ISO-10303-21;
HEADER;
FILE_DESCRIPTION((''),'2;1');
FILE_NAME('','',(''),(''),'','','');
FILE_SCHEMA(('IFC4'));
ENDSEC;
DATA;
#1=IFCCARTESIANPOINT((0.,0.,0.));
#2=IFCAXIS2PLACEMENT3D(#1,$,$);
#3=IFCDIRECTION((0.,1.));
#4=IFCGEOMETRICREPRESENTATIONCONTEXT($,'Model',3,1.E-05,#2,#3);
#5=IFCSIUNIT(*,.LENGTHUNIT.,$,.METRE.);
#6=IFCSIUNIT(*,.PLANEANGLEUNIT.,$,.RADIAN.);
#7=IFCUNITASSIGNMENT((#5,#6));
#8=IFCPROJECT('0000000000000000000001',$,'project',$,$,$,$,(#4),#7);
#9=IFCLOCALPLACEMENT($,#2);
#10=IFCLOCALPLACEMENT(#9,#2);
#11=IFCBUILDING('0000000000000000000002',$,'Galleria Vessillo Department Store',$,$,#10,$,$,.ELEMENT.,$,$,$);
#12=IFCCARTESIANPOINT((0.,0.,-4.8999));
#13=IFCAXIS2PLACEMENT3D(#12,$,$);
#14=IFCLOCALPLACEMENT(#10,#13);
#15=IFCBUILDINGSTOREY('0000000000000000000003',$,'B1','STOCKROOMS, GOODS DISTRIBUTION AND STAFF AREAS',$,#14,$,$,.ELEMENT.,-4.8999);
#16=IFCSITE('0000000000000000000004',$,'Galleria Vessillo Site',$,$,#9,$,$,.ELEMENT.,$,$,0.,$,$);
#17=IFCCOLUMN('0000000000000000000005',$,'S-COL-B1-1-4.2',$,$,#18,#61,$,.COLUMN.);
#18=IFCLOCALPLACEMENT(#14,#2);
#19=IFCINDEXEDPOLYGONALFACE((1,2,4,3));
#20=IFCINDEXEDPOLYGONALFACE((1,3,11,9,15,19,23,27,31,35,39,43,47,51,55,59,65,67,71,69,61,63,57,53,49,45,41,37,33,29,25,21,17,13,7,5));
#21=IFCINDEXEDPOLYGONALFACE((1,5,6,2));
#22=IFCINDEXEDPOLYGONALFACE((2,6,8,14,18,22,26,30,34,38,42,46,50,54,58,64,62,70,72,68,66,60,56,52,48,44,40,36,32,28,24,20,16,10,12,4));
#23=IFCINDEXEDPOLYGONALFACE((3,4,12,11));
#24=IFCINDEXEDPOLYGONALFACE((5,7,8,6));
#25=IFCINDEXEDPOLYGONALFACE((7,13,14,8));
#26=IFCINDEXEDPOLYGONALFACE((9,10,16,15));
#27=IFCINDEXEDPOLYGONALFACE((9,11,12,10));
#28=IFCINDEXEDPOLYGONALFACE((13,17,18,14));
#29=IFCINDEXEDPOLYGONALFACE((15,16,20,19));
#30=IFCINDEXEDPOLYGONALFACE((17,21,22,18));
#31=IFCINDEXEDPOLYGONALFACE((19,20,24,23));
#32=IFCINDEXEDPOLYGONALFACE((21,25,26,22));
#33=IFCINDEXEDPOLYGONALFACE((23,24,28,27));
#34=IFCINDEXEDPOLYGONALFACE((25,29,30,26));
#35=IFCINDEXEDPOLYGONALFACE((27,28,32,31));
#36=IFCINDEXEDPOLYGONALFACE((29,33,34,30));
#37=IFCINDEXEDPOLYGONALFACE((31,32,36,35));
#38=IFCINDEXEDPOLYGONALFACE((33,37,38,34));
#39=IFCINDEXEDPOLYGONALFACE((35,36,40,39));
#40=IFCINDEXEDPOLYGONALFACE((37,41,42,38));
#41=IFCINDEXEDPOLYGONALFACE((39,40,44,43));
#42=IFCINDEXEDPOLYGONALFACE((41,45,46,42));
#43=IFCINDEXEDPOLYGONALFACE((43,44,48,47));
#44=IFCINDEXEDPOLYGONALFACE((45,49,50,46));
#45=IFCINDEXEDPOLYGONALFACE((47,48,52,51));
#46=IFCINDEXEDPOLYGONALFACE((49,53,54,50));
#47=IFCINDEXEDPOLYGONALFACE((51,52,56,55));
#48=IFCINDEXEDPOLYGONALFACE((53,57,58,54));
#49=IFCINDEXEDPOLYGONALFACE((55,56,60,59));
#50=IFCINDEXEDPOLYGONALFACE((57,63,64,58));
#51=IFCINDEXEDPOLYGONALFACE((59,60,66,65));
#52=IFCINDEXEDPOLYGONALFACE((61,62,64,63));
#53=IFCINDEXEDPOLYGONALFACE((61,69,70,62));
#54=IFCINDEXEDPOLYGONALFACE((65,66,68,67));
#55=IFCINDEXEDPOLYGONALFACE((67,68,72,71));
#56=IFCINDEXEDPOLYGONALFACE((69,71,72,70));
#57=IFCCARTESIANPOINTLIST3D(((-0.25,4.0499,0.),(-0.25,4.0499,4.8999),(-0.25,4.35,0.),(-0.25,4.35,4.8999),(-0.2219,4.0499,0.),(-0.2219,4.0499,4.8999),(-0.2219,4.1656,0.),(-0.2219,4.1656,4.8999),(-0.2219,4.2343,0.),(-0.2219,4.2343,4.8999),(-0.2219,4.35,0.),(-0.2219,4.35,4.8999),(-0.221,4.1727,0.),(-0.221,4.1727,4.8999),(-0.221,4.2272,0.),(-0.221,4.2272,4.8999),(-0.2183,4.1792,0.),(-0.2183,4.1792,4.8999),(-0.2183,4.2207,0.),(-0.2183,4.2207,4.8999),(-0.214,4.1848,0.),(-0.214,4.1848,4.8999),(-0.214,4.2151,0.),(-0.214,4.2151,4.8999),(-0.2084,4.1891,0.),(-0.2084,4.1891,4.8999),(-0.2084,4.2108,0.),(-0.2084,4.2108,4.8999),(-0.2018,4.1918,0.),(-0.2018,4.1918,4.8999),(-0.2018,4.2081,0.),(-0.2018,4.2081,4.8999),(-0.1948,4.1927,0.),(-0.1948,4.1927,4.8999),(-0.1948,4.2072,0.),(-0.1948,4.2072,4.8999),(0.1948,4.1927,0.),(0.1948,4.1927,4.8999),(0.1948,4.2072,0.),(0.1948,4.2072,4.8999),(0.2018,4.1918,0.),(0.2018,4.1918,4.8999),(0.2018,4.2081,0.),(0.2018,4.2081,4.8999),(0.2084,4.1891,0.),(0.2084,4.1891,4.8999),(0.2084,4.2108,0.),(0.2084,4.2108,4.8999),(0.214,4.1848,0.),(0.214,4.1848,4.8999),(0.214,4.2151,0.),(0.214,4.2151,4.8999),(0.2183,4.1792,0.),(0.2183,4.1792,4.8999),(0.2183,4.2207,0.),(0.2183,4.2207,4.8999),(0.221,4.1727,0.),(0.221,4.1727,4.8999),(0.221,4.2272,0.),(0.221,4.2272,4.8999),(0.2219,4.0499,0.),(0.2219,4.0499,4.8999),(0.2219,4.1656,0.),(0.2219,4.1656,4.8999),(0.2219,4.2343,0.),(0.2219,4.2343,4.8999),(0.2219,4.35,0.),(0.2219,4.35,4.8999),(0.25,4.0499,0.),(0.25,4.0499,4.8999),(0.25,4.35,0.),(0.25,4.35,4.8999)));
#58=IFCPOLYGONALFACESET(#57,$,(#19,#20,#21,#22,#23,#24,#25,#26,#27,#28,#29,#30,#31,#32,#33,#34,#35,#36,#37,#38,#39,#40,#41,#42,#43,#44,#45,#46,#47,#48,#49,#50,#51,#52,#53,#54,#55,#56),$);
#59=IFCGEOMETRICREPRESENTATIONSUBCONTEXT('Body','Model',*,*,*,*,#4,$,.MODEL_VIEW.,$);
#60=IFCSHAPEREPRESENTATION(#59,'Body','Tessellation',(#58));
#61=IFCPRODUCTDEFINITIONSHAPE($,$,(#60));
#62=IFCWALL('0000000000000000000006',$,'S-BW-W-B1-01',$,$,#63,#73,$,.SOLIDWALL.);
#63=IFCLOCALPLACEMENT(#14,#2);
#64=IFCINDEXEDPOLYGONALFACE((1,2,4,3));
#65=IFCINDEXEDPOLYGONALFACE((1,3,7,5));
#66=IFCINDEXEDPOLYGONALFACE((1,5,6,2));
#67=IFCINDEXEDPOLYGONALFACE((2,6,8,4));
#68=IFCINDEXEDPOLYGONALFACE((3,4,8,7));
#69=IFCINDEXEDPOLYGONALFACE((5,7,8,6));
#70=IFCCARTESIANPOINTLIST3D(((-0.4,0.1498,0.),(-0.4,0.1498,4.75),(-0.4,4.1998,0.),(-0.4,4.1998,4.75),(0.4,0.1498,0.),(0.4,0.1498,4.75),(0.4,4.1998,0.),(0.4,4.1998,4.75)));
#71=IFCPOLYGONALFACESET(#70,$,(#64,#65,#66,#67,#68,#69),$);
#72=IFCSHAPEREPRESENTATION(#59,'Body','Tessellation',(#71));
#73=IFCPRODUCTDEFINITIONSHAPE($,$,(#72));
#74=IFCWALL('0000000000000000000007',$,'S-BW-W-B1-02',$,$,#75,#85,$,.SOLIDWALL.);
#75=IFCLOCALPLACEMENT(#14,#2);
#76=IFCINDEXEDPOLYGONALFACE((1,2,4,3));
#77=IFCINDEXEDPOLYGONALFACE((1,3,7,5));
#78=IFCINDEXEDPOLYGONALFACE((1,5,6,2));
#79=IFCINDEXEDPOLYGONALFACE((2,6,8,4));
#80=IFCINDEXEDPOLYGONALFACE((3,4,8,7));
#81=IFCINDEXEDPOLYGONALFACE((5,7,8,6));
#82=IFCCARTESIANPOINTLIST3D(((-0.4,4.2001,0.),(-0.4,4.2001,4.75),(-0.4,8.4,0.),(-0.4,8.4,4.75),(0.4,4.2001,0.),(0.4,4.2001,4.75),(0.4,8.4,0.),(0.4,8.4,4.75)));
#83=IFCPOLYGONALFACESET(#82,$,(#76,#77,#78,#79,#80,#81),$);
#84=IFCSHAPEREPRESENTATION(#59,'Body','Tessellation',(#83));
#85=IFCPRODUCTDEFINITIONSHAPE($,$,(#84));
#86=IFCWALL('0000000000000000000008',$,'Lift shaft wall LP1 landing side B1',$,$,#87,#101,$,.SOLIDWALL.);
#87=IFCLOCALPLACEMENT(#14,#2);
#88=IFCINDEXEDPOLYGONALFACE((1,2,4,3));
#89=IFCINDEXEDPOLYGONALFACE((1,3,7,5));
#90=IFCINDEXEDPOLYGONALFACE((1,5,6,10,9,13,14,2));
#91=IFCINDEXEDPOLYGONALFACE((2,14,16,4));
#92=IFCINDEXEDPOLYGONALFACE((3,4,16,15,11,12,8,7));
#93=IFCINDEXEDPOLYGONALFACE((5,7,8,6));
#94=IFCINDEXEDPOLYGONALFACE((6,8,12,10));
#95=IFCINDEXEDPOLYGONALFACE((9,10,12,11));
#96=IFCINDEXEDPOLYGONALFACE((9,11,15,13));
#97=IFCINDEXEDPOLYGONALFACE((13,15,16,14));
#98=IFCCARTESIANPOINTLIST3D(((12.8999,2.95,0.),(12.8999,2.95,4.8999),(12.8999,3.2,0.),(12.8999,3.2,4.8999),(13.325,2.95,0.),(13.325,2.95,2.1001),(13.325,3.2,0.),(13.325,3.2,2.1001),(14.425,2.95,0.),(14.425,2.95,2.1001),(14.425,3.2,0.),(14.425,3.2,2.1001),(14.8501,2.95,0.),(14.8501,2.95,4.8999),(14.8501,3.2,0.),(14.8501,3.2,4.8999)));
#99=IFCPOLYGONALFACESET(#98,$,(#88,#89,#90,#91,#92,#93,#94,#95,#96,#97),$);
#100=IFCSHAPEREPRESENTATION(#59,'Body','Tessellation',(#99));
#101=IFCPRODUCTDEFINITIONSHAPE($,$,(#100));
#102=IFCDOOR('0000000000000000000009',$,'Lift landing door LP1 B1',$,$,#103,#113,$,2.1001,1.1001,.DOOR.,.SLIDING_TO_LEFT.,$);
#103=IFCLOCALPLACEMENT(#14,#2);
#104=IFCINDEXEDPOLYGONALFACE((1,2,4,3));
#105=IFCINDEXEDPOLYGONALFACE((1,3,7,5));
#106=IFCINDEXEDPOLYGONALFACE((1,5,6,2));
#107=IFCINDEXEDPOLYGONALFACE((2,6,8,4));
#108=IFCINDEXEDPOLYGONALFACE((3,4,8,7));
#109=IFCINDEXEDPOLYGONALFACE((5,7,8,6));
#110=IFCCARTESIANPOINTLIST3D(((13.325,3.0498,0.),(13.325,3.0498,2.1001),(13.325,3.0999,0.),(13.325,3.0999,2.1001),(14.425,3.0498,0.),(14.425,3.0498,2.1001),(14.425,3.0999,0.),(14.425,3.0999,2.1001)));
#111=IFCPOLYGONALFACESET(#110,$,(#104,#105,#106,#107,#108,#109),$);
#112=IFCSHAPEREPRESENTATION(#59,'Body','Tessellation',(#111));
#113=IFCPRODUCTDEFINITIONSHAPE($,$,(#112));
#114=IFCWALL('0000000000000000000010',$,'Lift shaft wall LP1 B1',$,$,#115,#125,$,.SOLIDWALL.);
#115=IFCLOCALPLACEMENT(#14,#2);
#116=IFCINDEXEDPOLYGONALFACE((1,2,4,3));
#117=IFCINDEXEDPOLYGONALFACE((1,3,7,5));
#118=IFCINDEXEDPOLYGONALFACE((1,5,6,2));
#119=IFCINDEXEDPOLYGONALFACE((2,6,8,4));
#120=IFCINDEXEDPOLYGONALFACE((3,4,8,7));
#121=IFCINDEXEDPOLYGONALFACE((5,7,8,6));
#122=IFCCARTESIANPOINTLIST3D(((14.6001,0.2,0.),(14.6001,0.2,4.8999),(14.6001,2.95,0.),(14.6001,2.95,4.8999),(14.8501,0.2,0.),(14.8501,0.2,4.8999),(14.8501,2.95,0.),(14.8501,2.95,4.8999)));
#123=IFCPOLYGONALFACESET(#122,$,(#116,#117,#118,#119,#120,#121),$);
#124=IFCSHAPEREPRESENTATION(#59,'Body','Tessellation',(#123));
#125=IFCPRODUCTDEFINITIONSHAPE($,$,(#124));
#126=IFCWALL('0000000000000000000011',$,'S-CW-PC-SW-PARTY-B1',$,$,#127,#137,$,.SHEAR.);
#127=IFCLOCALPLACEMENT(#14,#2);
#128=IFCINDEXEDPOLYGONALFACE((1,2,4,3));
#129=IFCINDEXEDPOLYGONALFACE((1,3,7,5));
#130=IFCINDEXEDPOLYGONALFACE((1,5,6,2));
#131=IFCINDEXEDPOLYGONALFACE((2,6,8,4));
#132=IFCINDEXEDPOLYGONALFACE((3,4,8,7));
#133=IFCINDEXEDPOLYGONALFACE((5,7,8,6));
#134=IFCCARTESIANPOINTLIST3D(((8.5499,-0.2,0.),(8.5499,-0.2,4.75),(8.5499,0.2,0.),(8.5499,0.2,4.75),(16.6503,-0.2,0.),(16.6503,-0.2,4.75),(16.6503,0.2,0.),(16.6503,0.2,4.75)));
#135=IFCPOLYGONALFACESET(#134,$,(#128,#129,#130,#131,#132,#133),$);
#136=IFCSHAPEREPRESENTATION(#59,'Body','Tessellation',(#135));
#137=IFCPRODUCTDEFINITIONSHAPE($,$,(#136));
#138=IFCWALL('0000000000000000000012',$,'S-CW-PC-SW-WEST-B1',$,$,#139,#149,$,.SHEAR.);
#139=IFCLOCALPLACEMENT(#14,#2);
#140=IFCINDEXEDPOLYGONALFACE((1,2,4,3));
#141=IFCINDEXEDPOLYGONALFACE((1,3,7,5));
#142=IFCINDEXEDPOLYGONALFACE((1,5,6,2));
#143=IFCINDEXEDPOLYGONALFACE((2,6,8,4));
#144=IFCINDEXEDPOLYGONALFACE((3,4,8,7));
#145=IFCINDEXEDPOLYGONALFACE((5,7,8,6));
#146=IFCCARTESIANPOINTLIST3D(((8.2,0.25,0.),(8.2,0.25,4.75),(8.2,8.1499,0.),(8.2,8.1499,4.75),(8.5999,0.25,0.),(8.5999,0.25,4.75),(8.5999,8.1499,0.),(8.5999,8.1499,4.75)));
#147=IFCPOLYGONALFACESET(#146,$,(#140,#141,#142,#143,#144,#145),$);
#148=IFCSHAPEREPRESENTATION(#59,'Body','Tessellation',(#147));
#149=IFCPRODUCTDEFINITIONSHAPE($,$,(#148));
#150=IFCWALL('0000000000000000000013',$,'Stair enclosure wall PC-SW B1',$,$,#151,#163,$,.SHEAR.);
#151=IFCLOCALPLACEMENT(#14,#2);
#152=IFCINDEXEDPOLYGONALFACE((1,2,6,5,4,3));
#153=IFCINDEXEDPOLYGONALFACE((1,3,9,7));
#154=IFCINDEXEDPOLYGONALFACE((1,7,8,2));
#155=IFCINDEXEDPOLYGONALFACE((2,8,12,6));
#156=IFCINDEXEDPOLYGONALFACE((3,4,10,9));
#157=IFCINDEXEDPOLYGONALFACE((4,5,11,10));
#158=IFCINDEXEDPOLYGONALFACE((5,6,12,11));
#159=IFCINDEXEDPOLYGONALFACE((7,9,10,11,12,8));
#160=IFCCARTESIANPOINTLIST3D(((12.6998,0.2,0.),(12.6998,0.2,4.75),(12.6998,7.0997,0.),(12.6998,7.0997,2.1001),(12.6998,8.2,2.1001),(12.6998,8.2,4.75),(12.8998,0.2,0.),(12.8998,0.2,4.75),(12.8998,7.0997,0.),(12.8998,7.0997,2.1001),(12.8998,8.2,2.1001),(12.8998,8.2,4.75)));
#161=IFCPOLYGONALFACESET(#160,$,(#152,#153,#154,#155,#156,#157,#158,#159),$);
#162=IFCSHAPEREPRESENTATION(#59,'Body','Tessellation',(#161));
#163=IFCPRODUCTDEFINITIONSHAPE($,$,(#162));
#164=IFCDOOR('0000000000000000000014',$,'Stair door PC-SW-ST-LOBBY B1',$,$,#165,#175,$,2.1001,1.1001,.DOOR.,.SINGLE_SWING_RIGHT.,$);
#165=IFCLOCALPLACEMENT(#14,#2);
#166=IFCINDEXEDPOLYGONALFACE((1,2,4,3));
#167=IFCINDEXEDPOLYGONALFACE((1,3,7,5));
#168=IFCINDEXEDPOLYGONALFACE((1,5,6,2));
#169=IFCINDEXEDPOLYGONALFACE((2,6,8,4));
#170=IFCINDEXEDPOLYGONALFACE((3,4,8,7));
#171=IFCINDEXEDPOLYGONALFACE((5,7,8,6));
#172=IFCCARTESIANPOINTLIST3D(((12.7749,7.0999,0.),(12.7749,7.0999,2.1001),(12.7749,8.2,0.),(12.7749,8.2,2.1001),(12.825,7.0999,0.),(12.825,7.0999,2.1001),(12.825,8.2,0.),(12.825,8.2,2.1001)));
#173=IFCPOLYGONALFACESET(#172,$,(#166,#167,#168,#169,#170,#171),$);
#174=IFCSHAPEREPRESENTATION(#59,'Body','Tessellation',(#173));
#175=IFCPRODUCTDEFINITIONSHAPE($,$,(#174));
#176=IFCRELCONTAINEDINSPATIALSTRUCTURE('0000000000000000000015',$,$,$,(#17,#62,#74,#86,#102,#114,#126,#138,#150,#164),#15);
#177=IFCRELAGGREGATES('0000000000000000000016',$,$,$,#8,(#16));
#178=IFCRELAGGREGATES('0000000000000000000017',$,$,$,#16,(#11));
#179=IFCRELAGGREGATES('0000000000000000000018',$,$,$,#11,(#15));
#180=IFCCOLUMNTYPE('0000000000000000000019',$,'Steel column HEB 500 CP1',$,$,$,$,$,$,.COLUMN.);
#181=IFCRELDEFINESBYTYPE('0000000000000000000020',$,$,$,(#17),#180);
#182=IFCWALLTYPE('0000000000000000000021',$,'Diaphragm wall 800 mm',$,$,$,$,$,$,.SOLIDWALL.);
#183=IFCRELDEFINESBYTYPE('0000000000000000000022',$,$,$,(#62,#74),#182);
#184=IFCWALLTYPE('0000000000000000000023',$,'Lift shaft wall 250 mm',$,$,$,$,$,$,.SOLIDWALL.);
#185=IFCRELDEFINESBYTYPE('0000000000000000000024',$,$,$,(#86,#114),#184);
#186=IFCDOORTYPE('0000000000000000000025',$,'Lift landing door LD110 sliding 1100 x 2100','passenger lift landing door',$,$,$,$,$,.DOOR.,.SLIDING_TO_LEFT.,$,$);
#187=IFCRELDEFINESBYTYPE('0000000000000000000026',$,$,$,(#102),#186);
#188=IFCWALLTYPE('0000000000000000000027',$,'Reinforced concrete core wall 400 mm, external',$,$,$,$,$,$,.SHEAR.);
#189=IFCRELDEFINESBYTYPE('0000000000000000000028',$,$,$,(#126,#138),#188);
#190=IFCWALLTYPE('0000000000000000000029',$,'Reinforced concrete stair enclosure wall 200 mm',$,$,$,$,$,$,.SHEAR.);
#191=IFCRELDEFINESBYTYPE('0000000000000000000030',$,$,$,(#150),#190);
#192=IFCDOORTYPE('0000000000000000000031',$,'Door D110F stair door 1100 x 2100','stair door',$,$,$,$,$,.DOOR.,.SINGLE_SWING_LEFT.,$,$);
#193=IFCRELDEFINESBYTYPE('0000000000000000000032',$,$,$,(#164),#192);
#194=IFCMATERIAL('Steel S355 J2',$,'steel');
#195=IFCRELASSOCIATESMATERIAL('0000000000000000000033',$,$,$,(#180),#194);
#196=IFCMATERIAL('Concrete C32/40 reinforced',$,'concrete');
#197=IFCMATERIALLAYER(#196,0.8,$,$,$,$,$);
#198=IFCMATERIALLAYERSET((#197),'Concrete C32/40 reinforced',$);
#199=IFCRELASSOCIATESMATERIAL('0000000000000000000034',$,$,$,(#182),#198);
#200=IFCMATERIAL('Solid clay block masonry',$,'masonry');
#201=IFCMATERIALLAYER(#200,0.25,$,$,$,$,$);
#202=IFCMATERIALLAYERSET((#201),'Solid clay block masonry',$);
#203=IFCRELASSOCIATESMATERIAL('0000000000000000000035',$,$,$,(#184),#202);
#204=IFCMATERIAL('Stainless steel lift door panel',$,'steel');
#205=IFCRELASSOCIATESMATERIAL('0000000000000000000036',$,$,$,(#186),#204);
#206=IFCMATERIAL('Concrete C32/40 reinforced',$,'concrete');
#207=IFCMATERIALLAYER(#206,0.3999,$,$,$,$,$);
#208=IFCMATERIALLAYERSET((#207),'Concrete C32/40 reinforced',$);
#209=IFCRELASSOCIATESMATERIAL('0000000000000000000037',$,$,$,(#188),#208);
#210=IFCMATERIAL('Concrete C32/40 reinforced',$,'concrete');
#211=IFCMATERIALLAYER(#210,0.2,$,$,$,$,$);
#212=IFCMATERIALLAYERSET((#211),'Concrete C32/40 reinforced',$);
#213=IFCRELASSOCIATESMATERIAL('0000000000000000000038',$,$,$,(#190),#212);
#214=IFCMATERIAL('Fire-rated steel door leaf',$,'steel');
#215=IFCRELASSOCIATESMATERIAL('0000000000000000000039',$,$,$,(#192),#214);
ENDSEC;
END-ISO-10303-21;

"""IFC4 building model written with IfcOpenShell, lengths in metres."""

from ifc_helpers import new_model, si_unit, direction, frame, frame_2d, origin, origin_2d, place, context, subcontext, project, spatial, rectangle, i_section, extrude, material, layer, layer_set, material_profile, profile_set, type_object, element, fill, save


model = new_model("IFC4")

# Units and contexts
model_context = context("Model", 3, precision=1e-05, world=origin(), true_north=direction((0.0, 1.0)))
body_context = subcontext(model_context, "Body", "Model", "MODEL_VIEW")
ifc_project = project(units=[si_unit("LENGTHUNIT", "METRE"), si_unit("PLANEANGLEUNIT", "RADIAN")], contexts=[model_context])

# Site, building, storey
site_placement = place(None, origin())
site = spatial("IfcSite", under=ifc_project, at=site_placement, Name="Galleria Vessillo Site", CompositionType="ELEMENT", RefElevation=0.0)
building_placement = place(site_placement, origin())
building = spatial("IfcBuilding", under=site, at=building_placement, Name="Galleria Vessillo Department Store", CompositionType="ELEMENT")
storey_placement = place(building_placement, frame((0.0, 0.0, -4.8999)))
storey = spatial("IfcBuildingStorey", under=building, at=storey_placement, Name="B1", Description="STOCKROOMS, GOODS DISTRIBUTION AND STAFF AREAS", CompositionType="ELEMENT", Elevation=-4.8999)

# Column
ifc_material_1 = material(Name="Steel S355 J2", Category="steel")
ifc_material_profile = material_profile(ifc_material_1, i_section(OverallWidth=0.3, OverallDepth=0.5, WebThickness=0.0144, FlangeThickness=0.0281, FilletRadius=0.0271, at=origin_2d()), Name="HEB 500")
ifc_profile_set = profile_set([ifc_material_profile], Name="Steel S355 J2")
column_type = type_object("IfcColumnType", Name="Steel column HEB 500 CP1", PredefinedType="COLUMN", material=ifc_profile_set)
column_placement = place(storey_placement, frame((0.0, 4.2, 0.0), z_axis=(0.0, 0.0, 1.0), x_axis=(0.0, 1.0, 0.0)))
element("IfcColumn", 1, at=column_placement, inside=storey, type_object=column_type, Name="S-COL-B1-1-4.2", PredefinedType="COLUMN", context=body_context, shape_type="SweptSolid", body=[
    extrude(i_section(OverallWidth=0.3, OverallDepth=0.5, WebThickness=0.0144, FlangeThickness=0.0281, FilletRadius=0.0271, at=origin_2d()), origin(), (0.0, 0.0, 1.0), 4.8999),
])

# Walls
ifc_material_2 = material(Name="Concrete C32/40 reinforced", Category="concrete")
ifc_layer_1 = layer(ifc_material_2, 0.8)
ifc_layer_set_1 = layer_set([ifc_layer_1], Name="Concrete C32/40 reinforced")
wall_type_1 = type_object("IfcWallType", Name="Diaphragm wall 800 mm", PredefinedType="SOLIDWALL", material=ifc_layer_set_1)
wall_1_placement = place(storey_placement, frame((0.0, 0.1499, 0.0), z_axis=(0.0, 0.0, 1.0), x_axis=(0.0, 1.0, 0.0)))
element("IfcWall", 2, at=wall_1_placement, inside=storey, type_object=wall_type_1, Name="S-BW-W-B1-01", PredefinedType="SOLIDWALL", context=body_context, shape_type="SweptSolid", body=[
    extrude(rectangle(XDim=4.05, YDim=0.8, at=frame_2d((2.0249, 0.0))), origin(), (0.0, 0.0, 1.0), 4.75),
])
wall_2_placement = place(storey_placement, frame((0.0, 4.2, 0.0), z_axis=(0.0, 0.0, 1.0), x_axis=(0.0, 1.0, 0.0)))
element("IfcWall", 3, at=wall_2_placement, inside=storey, type_object=wall_type_1, Name="S-BW-W-B1-02", PredefinedType="SOLIDWALL", context=body_context, shape_type="SweptSolid", body=[
    extrude(rectangle(XDim=4.2, YDim=0.8, at=frame_2d((2.1001, 0.0))), origin(), (0.0, 0.0, 1.0), 4.75),
])

# Wall, opening, door
ifc_material_3 = material(Name="Solid clay block masonry", Category="masonry")
ifc_layer_2 = layer(ifc_material_3, 0.25)
ifc_layer_set_2 = layer_set([ifc_layer_2], Name="Solid clay block masonry")
wall_type_2 = type_object("IfcWallType", Name="Lift shaft wall 250 mm", PredefinedType="SOLIDWALL", material=ifc_layer_set_2)
wall_3_placement = place(storey_placement, frame((12.8999, 3.075, 0.0), z_axis=(0.0, 0.0, 1.0), x_axis=(1.0, 0.0, 0.0)))
wall_3 = element("IfcWall", 4, at=wall_3_placement, inside=storey, type_object=wall_type_2, Name="Lift shaft wall LP1 landing side B1", PredefinedType="SOLIDWALL", context=body_context, shape_type="SweptSolid", body=[
    extrude(rectangle(XDim=1.9502, YDim=0.25, at=frame_2d((0.9751, 0.0))), origin(), (0.0, 0.0, 1.0), 4.8999),
])
opening_1_placement = place(wall_3_placement, frame((0.425, 0.0, 0.0)))
opening_1 = element("IfcOpeningElement", 5, at=opening_1_placement, cuts=wall_3, PredefinedType="OPENING", context=body_context, shape_type="SweptSolid", body=[
    extrude(rectangle(XDim=1.1001, YDim=2.1001, at=frame_2d((0.55, 1.05))), frame((0.0, 0.135, 0.0), z_axis=(0.0, -1.0, 0.0), x_axis=(1.0, 0.0, 0.0)), (0.0, 0.0, 1.0), 0.27),
])
ifc_material_4 = material(Name="Stainless steel lift door panel", Category="steel")
door_type_1 = type_object("IfcDoorType", Name="Lift landing door LD110 sliding 1100 x 2100", Description="passenger lift landing door", OperationType="SLIDING_TO_LEFT", PredefinedType="DOOR", material=ifc_material_4)
door_1_placement = place(opening_1_placement, origin())
door_1 = element("IfcDoor", 6, at=door_1_placement, inside=storey, type_object=door_type_1, Name="Lift landing door LP1 B1", OperationType="SLIDING_TO_LEFT", OverallHeight=2.1001, OverallWidth=1.1001, PredefinedType="DOOR", context=body_context, shape_type="SweptSolid", body=[
    extrude(rectangle(XDim=1.1001, YDim=2.1001, at=frame_2d((0.55, 1.05))), frame((0.0, 0.0249, 0.0), z_axis=(0.0, -1.0, 0.0), x_axis=(1.0, 0.0, 0.0)), (0.0, 0.0, 1.0), 0.05),
])
fill(opening_1, door_1)

# Walls
wall_4_placement = place(storey_placement, frame((14.7251, 0.2, 0.0), z_axis=(0.0, 0.0, 1.0), x_axis=(0.0, 1.0, 0.0)))
element("IfcWall", 7, at=wall_4_placement, inside=storey, type_object=wall_type_2, Name="Lift shaft wall LP1 B1", PredefinedType="SOLIDWALL", context=body_context, shape_type="SweptSolid", body=[
    extrude(rectangle(XDim=2.75, YDim=0.25, at=frame_2d((1.375, 0.0))), origin(), (0.0, 0.0, 1.0), 4.8999),
])
ifc_material_5 = material(Name="Concrete C32/40 reinforced", Category="concrete")
ifc_layer_3 = layer(ifc_material_5, 0.3999)
ifc_layer_set_3 = layer_set([ifc_layer_3], Name="Concrete C32/40 reinforced")
wall_type_3 = type_object("IfcWallType", Name="Reinforced concrete core wall 400 mm, external", PredefinedType="SHEAR", material=ifc_layer_set_3)
wall_5_placement = place(storey_placement, frame((8.5498, 0.0, 0.0), z_axis=(0.0, 0.0, 1.0), x_axis=(1.0, 0.0, 0.0)))
element("IfcWall", 8, at=wall_5_placement, inside=storey, type_object=wall_type_3, Name="S-CW-PC-SW-PARTY-B1", PredefinedType="SHEAR", context=body_context, shape_type="SweptSolid", body=[
    extrude(rectangle(XDim=8.1003, YDim=0.3999, at=frame_2d((4.0503, 0.0))), origin(), (0.0, 0.0, 1.0), 4.75),
])
wall_6_placement = place(storey_placement, frame((8.3999, 0.25, 0.0), z_axis=(0.0, 0.0, 1.0), x_axis=(0.0, 1.0, 0.0)))
element("IfcWall", 9, at=wall_6_placement, inside=storey, type_object=wall_type_3, Name="S-CW-PC-SW-WEST-B1", PredefinedType="SHEAR", context=body_context, shape_type="SweptSolid", body=[
    extrude(rectangle(XDim=7.8999, YDim=0.3999, at=frame_2d((3.95, 0.0))), origin(), (0.0, 0.0, 1.0), 4.75),
])

# Wall, opening, door
ifc_material_6 = material(Name="Concrete C32/40 reinforced", Category="concrete")
ifc_layer_4 = layer(ifc_material_6, 0.2)
ifc_layer_set_4 = layer_set([ifc_layer_4], Name="Concrete C32/40 reinforced")
wall_type_4 = type_object("IfcWallType", Name="Reinforced concrete stair enclosure wall 200 mm", PredefinedType="SHEAR", material=ifc_layer_set_4)
wall_7_placement = place(storey_placement, frame((12.7998, 0.2, 0.0), z_axis=(0.0, 0.0, 1.0), x_axis=(0.0, 1.0, 0.0)))
wall_7 = element("IfcWall", 10, at=wall_7_placement, inside=storey, type_object=wall_type_4, Name="Stair enclosure wall PC-SW B1", PredefinedType="SHEAR", context=body_context, shape_type="SweptSolid", body=[
    extrude(rectangle(XDim=8.0, YDim=0.2, at=frame_2d((4.0, 0.0))), origin(), (0.0, 0.0, 1.0), 4.75),
])
opening_2_placement = place(wall_7_placement, frame((6.8999, 0.0, 0.0)))
opening_2 = element("IfcOpeningElement", 11, at=opening_2_placement, cuts=wall_7, PredefinedType="OPENING", context=body_context, shape_type="SweptSolid", body=[
    extrude(rectangle(XDim=1.1101, YDim=2.1001, at=frame_2d((0.5549, 1.05))), frame((0.0, 0.1099, 0.0), z_axis=(0.0, -1.0, 0.0), x_axis=(1.0, 0.0, 0.0)), (0.0, 0.0, 1.0), 0.22),
])
ifc_material_7 = material(Name="Fire-rated steel door leaf", Category="steel")
door_type_2 = type_object("IfcDoorType", Name="Door D110F stair door 1100 x 2100", Description="stair door", OperationType="SINGLE_SWING_LEFT", PredefinedType="DOOR", material=ifc_material_7)
door_2_placement = place(opening_2_placement, origin())
door_2 = element("IfcDoor", 12, at=door_2_placement, inside=storey, type_object=door_type_2, Name="Stair door PC-SW-ST-LOBBY B1", OperationType="SINGLE_SWING_RIGHT", OverallHeight=2.1001, OverallWidth=1.1001, PredefinedType="DOOR", context=body_context, shape_type="SweptSolid", body=[
    extrude(rectangle(XDim=1.1001, YDim=2.1001, at=frame_2d((0.55, 1.05))), frame((0.0, 0.0249, 0.0), z_axis=(0.0, -1.0, 0.0), x_axis=(1.0, 0.0, 0.0)), (0.0, 0.0, 1.0), 0.05),
])
fill(opening_2, door_2)

save(model, "model.ifc")
